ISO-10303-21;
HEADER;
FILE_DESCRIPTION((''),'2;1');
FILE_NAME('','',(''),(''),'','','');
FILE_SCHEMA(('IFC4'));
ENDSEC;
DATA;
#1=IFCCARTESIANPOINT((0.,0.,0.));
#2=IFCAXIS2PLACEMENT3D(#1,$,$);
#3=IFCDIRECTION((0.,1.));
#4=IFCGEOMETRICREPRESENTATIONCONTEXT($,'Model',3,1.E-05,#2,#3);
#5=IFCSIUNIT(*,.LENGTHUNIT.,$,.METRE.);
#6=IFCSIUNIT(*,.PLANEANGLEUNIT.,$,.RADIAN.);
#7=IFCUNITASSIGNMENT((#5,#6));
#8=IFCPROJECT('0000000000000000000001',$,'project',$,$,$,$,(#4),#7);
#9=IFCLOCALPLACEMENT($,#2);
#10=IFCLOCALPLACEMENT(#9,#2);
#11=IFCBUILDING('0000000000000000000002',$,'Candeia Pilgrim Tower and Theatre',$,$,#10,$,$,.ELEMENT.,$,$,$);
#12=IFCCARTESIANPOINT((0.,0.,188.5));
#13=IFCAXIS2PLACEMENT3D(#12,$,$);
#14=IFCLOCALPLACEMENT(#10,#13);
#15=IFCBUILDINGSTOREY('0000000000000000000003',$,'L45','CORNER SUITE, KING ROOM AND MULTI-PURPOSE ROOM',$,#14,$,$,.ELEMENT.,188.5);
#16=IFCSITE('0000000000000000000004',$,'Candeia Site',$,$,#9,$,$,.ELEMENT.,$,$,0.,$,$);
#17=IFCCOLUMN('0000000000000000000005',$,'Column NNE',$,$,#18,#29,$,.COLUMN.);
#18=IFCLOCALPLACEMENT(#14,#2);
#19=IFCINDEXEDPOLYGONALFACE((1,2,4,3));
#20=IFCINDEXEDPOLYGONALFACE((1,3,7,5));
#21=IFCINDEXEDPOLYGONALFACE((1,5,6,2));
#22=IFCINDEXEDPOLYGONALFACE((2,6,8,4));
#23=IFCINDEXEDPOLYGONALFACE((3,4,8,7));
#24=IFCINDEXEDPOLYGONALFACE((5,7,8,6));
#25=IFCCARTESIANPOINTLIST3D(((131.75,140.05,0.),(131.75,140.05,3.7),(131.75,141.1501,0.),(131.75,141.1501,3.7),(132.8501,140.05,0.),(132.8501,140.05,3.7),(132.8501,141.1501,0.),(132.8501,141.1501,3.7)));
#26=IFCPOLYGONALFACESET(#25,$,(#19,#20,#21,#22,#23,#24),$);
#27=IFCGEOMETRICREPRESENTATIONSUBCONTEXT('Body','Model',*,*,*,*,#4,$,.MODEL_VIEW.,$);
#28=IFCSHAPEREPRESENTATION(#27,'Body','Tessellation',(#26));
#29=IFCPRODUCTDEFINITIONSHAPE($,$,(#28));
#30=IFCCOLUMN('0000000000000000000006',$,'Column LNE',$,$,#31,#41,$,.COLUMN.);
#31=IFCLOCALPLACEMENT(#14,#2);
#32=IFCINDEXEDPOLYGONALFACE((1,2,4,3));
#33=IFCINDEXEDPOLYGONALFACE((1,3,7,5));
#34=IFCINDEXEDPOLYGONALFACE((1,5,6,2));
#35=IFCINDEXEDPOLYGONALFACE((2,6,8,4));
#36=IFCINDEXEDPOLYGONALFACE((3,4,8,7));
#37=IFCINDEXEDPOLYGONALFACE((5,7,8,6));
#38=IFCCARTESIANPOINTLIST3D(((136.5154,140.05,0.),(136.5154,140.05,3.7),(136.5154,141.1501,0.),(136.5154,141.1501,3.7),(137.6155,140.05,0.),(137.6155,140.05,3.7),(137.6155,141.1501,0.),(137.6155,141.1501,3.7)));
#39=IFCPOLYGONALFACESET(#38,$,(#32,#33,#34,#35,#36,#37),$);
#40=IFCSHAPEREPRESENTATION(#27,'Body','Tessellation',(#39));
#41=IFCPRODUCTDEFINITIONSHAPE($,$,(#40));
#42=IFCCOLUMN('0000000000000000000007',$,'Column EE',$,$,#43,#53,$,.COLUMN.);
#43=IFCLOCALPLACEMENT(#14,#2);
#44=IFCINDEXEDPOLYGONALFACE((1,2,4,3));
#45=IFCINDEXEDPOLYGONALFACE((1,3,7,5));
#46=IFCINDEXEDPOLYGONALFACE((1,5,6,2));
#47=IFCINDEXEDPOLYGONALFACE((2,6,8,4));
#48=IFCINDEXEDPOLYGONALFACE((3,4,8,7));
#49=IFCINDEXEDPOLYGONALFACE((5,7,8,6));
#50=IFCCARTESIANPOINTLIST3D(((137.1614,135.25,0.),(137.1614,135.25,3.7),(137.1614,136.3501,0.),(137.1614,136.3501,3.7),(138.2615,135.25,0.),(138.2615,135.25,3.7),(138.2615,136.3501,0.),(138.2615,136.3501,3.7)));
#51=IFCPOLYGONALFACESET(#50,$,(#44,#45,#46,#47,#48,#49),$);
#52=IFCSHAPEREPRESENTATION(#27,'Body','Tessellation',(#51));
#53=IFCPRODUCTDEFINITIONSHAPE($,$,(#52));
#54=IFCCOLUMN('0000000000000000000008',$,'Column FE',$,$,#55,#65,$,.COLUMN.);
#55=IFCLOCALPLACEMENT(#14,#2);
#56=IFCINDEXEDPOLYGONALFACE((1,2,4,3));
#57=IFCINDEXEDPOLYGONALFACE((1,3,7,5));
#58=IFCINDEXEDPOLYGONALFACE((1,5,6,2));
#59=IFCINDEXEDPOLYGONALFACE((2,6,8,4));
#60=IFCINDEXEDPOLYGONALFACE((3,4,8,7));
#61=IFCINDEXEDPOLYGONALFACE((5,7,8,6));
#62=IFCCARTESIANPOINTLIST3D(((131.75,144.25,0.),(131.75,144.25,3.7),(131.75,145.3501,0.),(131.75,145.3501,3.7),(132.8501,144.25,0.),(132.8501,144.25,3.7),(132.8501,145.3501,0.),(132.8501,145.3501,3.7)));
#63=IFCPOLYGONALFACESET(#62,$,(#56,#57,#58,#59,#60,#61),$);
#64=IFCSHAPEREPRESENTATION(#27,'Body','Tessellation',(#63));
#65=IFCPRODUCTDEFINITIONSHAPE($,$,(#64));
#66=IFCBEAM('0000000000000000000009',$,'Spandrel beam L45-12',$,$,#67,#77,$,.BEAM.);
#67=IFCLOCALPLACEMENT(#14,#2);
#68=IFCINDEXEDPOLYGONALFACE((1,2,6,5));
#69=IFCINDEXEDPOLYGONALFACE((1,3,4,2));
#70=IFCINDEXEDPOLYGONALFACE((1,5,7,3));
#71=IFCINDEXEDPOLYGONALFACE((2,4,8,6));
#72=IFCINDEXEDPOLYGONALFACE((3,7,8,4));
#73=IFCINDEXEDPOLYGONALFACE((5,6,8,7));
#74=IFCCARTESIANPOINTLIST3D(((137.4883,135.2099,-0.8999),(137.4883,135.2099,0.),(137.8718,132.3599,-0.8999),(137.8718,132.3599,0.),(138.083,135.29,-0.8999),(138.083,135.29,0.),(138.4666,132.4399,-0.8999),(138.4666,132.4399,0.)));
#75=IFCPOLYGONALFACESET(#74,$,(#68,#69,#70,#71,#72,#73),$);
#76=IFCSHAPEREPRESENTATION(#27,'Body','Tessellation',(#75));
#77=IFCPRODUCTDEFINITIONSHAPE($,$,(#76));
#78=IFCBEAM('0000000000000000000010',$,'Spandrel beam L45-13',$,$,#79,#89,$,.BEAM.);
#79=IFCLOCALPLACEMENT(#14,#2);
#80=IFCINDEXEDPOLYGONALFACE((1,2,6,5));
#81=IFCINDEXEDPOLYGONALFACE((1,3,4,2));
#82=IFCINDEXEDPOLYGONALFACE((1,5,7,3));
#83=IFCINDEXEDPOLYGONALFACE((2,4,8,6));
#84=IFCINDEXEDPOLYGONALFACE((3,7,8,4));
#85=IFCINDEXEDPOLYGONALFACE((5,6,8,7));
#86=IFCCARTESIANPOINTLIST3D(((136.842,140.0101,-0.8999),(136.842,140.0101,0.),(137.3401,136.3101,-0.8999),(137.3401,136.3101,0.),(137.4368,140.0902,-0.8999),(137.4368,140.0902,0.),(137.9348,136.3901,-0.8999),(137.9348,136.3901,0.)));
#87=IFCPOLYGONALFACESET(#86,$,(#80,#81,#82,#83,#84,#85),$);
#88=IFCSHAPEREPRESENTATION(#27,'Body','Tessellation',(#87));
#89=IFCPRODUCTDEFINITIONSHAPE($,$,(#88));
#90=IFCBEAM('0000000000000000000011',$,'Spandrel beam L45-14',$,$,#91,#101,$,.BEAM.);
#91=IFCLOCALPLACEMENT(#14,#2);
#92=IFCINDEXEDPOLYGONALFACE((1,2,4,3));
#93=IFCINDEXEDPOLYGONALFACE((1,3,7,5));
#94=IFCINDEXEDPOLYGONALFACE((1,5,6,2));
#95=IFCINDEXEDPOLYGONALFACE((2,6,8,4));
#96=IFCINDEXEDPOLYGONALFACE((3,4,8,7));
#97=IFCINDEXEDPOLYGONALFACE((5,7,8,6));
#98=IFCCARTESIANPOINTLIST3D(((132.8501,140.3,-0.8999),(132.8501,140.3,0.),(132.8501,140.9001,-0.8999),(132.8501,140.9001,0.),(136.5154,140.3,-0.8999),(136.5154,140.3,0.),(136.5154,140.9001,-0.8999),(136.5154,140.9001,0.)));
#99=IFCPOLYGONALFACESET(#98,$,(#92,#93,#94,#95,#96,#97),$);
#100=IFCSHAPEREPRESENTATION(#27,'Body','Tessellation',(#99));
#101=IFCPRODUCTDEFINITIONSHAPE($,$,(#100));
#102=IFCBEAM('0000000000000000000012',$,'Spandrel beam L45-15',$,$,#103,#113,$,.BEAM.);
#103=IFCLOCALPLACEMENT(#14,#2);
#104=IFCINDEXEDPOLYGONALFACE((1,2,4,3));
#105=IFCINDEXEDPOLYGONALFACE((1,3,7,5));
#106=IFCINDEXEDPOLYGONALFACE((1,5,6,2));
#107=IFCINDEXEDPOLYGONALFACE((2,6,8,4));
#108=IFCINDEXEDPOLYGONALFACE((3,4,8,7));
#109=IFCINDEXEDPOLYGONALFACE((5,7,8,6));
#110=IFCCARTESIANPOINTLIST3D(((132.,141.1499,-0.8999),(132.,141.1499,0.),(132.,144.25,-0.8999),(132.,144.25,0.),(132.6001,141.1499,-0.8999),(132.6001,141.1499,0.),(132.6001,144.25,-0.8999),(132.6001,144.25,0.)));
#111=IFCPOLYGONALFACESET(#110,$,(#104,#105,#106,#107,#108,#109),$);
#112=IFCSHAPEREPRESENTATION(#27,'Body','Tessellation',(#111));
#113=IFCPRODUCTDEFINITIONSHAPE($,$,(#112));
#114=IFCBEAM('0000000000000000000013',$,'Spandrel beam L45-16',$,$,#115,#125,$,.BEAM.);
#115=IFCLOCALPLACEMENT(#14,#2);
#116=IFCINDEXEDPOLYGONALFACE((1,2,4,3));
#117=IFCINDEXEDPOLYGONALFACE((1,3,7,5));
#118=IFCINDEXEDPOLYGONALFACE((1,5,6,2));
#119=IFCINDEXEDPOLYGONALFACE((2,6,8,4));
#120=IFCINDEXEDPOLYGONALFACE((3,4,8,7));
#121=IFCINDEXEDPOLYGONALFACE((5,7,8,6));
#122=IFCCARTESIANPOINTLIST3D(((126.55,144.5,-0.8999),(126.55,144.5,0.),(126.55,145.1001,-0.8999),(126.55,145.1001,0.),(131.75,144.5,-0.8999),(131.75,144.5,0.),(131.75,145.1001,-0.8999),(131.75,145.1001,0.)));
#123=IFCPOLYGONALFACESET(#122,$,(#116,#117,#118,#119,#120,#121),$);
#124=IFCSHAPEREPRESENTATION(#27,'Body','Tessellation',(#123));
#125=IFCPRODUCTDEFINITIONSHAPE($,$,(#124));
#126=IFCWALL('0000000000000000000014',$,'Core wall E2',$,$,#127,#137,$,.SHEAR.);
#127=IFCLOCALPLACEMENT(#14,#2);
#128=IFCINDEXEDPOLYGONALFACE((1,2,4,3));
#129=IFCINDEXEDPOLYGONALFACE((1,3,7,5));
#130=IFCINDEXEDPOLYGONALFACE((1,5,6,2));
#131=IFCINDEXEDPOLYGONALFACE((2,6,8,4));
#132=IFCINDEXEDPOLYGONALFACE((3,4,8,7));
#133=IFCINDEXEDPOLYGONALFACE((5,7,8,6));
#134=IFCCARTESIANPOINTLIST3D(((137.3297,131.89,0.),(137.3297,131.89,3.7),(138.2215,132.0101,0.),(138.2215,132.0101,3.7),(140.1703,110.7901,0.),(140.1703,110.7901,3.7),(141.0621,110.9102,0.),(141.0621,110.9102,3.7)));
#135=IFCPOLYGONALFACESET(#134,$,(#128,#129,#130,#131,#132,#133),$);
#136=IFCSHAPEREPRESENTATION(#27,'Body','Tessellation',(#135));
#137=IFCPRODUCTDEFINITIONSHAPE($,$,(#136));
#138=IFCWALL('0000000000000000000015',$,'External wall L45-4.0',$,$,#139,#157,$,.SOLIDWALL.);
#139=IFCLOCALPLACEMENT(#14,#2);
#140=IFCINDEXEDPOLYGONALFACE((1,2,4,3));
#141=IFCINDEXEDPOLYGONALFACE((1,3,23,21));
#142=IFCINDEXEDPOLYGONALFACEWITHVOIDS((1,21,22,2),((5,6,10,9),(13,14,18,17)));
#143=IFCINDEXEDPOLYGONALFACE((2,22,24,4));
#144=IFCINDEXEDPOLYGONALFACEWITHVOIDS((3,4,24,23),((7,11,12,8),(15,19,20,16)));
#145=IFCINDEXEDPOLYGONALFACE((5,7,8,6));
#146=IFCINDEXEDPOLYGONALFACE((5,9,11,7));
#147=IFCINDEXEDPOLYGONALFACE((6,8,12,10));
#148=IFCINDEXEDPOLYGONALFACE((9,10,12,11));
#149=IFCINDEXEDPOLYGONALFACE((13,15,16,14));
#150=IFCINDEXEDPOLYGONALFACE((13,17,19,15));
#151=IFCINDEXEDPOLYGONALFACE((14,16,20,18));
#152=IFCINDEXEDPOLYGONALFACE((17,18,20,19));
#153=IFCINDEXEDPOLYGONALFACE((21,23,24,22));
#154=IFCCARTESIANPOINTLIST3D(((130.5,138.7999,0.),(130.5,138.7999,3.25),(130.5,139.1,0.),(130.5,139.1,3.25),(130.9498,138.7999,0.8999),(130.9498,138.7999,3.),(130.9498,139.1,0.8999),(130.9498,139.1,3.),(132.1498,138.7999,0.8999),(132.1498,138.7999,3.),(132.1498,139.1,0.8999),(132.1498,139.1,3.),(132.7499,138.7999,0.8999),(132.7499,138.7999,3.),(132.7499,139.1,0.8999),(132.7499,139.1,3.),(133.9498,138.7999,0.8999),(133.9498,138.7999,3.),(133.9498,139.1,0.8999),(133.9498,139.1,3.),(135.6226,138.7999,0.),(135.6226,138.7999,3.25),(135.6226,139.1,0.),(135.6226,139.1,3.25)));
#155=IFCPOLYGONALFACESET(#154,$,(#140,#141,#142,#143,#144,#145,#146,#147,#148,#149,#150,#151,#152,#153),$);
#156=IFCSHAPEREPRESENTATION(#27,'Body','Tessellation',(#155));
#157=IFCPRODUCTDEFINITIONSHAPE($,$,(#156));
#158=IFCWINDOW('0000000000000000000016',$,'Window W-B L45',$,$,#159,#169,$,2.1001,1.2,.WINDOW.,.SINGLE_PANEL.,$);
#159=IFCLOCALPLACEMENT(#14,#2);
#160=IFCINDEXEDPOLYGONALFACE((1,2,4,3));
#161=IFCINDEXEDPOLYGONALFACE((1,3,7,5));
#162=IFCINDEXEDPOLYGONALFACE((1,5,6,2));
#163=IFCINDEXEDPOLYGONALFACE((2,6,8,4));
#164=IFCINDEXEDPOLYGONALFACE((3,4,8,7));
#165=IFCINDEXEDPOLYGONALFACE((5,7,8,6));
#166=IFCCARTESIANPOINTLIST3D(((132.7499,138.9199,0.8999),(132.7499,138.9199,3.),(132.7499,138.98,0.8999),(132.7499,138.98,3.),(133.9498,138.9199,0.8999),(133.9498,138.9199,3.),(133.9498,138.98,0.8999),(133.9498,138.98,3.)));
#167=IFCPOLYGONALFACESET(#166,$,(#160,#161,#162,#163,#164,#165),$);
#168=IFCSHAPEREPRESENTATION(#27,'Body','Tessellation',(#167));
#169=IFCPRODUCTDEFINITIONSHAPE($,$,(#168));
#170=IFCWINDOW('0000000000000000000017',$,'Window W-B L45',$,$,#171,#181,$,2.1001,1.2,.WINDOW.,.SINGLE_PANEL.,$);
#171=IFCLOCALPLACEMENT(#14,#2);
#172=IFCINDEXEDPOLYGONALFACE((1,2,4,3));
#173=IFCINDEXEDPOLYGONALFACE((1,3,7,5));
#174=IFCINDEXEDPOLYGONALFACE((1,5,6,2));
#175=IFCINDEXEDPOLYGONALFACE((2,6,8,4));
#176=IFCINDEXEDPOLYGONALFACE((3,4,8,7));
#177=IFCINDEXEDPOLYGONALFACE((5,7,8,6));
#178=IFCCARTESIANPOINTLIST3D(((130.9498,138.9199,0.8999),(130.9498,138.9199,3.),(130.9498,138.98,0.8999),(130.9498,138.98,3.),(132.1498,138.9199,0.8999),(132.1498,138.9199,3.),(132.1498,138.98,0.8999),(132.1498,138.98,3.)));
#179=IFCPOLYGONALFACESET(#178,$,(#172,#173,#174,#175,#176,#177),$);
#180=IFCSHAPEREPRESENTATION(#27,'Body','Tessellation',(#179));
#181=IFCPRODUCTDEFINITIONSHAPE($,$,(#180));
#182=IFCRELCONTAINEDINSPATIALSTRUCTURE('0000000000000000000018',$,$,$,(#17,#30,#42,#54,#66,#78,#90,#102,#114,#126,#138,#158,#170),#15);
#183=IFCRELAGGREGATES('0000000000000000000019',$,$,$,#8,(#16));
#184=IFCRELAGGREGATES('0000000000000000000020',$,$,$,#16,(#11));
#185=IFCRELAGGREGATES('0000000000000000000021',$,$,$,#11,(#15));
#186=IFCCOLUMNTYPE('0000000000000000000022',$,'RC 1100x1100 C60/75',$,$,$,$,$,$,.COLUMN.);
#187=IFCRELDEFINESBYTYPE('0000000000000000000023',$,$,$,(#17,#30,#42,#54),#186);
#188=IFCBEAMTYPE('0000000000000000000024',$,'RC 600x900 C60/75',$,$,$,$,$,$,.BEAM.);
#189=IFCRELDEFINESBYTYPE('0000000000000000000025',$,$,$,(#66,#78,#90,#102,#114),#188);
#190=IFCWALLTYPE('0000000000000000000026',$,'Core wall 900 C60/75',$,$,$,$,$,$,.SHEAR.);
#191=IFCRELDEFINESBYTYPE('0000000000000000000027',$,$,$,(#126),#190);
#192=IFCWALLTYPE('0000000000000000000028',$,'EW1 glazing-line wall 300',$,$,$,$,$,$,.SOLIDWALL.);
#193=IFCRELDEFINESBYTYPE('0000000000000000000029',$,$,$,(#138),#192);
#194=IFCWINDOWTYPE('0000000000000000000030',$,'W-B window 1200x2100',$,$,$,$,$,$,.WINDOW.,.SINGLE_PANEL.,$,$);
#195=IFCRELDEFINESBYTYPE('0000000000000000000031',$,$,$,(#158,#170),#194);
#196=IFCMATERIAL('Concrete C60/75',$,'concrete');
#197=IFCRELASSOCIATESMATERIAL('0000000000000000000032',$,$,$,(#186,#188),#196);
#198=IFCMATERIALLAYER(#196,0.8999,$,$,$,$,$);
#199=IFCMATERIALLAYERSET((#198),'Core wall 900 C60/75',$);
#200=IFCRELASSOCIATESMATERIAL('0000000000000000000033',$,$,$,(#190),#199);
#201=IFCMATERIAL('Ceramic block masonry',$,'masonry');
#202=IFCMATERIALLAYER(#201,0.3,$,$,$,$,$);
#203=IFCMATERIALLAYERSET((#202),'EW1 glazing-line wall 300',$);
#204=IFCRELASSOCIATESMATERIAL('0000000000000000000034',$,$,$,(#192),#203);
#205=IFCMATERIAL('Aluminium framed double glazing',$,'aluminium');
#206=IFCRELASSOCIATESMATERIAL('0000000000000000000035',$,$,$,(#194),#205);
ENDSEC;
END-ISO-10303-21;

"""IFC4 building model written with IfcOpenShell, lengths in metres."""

from ifc_helpers import new_model, si_unit, direction, frame, frame_2d, origin, origin_2d, place, context, subcontext, project, spatial, rectangle, extrude, material, layer, layer_set, material_profile, profile_set, type_object, element, fill, save


model = new_model("IFC4")

# Units and contexts
model_context = context("Model", 3, precision=1e-05, world=origin(), true_north=direction((0.0, 1.0)))
body_context = subcontext(model_context, "Body", "Model", "MODEL_VIEW")
ifc_project = project(units=[si_unit("LENGTHUNIT", "METRE"), si_unit("PLANEANGLEUNIT", "RADIAN")], contexts=[model_context])

# Site, building, storey
site_placement = place(None, origin())
site = spatial("IfcSite", under=ifc_project, at=site_placement, Name="Candeia Site", CompositionType="ELEMENT", RefElevation=0.0)
building_placement = place(site_placement, origin())
building = spatial("IfcBuilding", under=site, at=building_placement, Name="Candeia Pilgrim Tower and Theatre", CompositionType="ELEMENT")
storey_placement = place(building_placement, frame((0.0, 0.0, 188.5)))
storey = spatial("IfcBuildingStorey", under=building, at=storey_placement, Name="L45", Description="CORNER SUITE, KING ROOM AND MULTI-PURPOSE ROOM", CompositionType="ELEMENT", Elevation=188.5)

# Columns
ifc_material_1 = material(Name="Concrete C60/75", Category="concrete")
ifc_material_profile_1 = material_profile(ifc_material_1, rectangle(XDim=1.1001, YDim=1.1001, at=origin_2d()))
ifc_profile_set_1 = profile_set([ifc_material_profile_1], Name="Concrete C60/75")
column_type = type_object("IfcColumnType", Name="RC 1100x1100 C60/75", PredefinedType="COLUMN", material=ifc_profile_set_1)
for number, where, z_axis, x_axis, name in (
    (1, (132.3, 140.6001, 0.0), (0.0, 0.0, 1.0), (1.0, 0.0, 0.0), "Column NNE"),
    (2, (137.0654, 140.6001, 0.0), (0.0, 0.0, 1.0), (1.0, 0.0, 0.0), "Column LNE"),
    (3, (137.7114, 135.8, 0.0), (0.0, 0.0, 1.0), (1.0, 0.0, 0.0), "Column EE"),
    (4, (132.3, 144.8, 0.0), (0.0, 0.0, 1.0), (1.0, 0.0, 0.0), "Column FE"),
):
    element("IfcColumn", number, at=place(storey_placement, frame(where, z_axis=z_axis, x_axis=x_axis)), inside=storey, type_object=column_type, Name=name, PredefinedType="COLUMN", context=body_context, shape_type="SweptSolid", body=[
        extrude(rectangle(XDim=1.1001, YDim=1.1001, at=origin_2d()), origin(), (0.0, 0.0, 1.0), 3.7),
    ])

# Beams
ifc_material_profile_2 = material_profile(ifc_material_1, rectangle(XDim=0.6001, YDim=0.8999, at=origin_2d()))
ifc_profile_set_2 = profile_set([ifc_material_profile_2], Name="Concrete C60/75")
beam_type = type_object("IfcBeamType", Name="RC 600x900 C60/75", PredefinedType="BEAM", material=ifc_profile_set_2)
beam_1_placement = place(storey_placement, frame((138.1692, 132.3999, -0.45), z_axis=(-0.13337, 0.991066, 0.0), x_axis=(-0.991066, -0.13337, 0.0)))
element("IfcBeam", 5, at=beam_1_placement, inside=storey, type_object=beam_type, Name="Spandrel beam L45-12", PredefinedType="BEAM", context=body_context, shape_type="SweptSolid", body=[
    extrude(rectangle(XDim=0.6001, YDim=0.8999, at=origin_2d()), origin(), (0.0, 0.0, 1.0), 2.8757),
])
beam_2_placement = place(storey_placement, frame((137.6375, 136.3501, -0.45), z_axis=(-0.133406, 0.991061, 0.0), x_axis=(-0.991061, -0.133406, 0.0)))
element("IfcBeam", 6, at=beam_2_placement, inside=storey, type_object=beam_type, Name="Spandrel beam L45-13", PredefinedType="BEAM", context=body_context, shape_type="SweptSolid", body=[
    extrude(rectangle(XDim=0.6001, YDim=0.8999, at=origin_2d()), origin(), (0.0, 0.0, 1.0), 3.7334),
])
beam_3_placement = place(storey_placement, frame((136.5154, 140.6001, -0.45), z_axis=(-1.0, 0.0, 0.0), x_axis=(0.0, -1.0, 0.0)))
element("IfcBeam", 7, at=beam_3_placement, inside=storey, type_object=beam_type, Name="Spandrel beam L45-14", PredefinedType="BEAM", context=body_context, shape_type="SweptSolid", body=[
    extrude(rectangle(XDim=0.6001, YDim=0.8999, at=origin_2d()), origin(), (0.0, 0.0, 1.0), 3.6653),
])
beam_4_placement = place(storey_placement, frame((132.3, 141.1499, -0.45), z_axis=(0.0, 1.0, 0.0), x_axis=(-1.0, 0.0, 0.0)))
element("IfcBeam", 8, at=beam_4_placement, inside=storey, type_object=beam_type, Name="Spandrel beam L45-15", PredefinedType="BEAM", context=body_context, shape_type="SweptSolid", body=[
    extrude(rectangle(XDim=0.6001, YDim=0.8999, at=origin_2d()), origin(), (0.0, 0.0, 1.0), 3.1001),
])
beam_5_placement = place(storey_placement, frame((131.75, 144.8, -0.45), z_axis=(-1.0, 0.0, 0.0), x_axis=(0.0, -1.0, 0.0)))
element("IfcBeam", 9, at=beam_5_placement, inside=storey, type_object=beam_type, Name="Spandrel beam L45-16", PredefinedType="BEAM", context=body_context, shape_type="SweptSolid", body=[
    extrude(rectangle(XDim=0.6001, YDim=0.8999, at=origin_2d()), origin(), (0.0, 0.0, 1.0), 5.2),
])

# Wall
ifc_layer_1 = layer(ifc_material_1, 0.8999)
ifc_layer_set_1 = layer_set([ifc_layer_1], Name="Core wall 900 C60/75")
wall_type_1 = type_object("IfcWallType", Name="Core wall 900 C60/75", PredefinedType="SHEAR", material=ifc_layer_set_1)
wall_1_placement = place(storey_placement, frame((137.7756, 131.95, 0.0), z_axis=(0.0, 0.0, 1.0), x_axis=(0.133422, -0.991059, 0.0)))
element("IfcWall", 10, at=wall_1_placement, inside=storey, type_object=wall_type_1, Name="Core wall E2", PredefinedType="SHEAR", context=body_context, shape_type="SweptSolid", body=[
    extrude(rectangle(XDim=21.2903, YDim=0.8999, at=frame_2d((10.645, 0.0))), origin(), (0.0, 0.0, 1.0), 3.7),
])

# Shared definitions
ifc_material_2 = material(Name="Ceramic block masonry", Category="masonry")
ifc_layer_2 = layer(ifc_material_2, 0.3)
ifc_layer_set_2 = layer_set([ifc_layer_2], Name="EW1 glazing-line wall 300")
wall_type_2 = type_object("IfcWallType", Name="EW1 glazing-line wall 300", PredefinedType="SOLIDWALL", material=ifc_layer_set_2)
ifc_material_3 = material(Name="Aluminium framed double glazing", Category="aluminium")
window_type = type_object("IfcWindowType", Name="W-B window 1200x2100", PartitioningType="SINGLE_PANEL", PredefinedType="WINDOW", material=ifc_material_3)

# Wall, openings, windows
wall_2_placement = place(storey_placement, frame((135.6226, 138.95, 0.0), z_axis=(0.0, 0.0, 1.0), x_axis=(-1.0, 0.0, 0.0)))
wall_2 = element("IfcWall", 11, at=wall_2_placement, inside=storey, type_object=wall_type_2, Name="External wall L45-4.0", PredefinedType="SOLIDWALL", context=body_context, shape_type="SweptSolid", body=[
    extrude(rectangle(XDim=5.1226, YDim=0.3, at=frame_2d((2.5613, 0.0))), origin(), (0.0, 0.0, 1.0), 3.25),
])
opening_1_placement = place(wall_2_placement, frame((1.6726, 0.0, 0.8999)))
opening_1 = element("IfcOpeningElement", 12, at=opening_1_placement, cuts=wall_2, PredefinedType="OPENING", context=body_context, shape_type="SweptSolid", body=[
    extrude(rectangle(XDim=1.2, YDim=2.1001, at=frame_2d((0.6001, 1.05))), frame((0.0, 0.1602, 0.0), z_axis=(0.0, -1.0, 0.0), x_axis=(1.0, 0.0, 0.0)), (0.0, 0.0, 1.0), 0.3201),
])
opening_2_placement = place(wall_2_placement, frame((3.4727, 0.0, 0.8999)))
opening_2 = element("IfcOpeningElement", 13, at=opening_2_placement, cuts=wall_2, PredefinedType="OPENING", context=body_context, shape_type="SweptSolid", body=[
    extrude(rectangle(XDim=1.2, YDim=2.1001, at=frame_2d((0.6001, 1.05))), frame((0.0, 0.1602, 0.0), z_axis=(0.0, -1.0, 0.0), x_axis=(1.0, 0.0, 0.0)), (0.0, 0.0, 1.0), 0.3201),
])
window_1_placement = place(opening_1_placement, origin())
window_1 = element("IfcWindow", 14, at=window_1_placement, inside=storey, type_object=window_type, Name="Window W-B L45", OverallHeight=2.1001, OverallWidth=1.2, PartitioningType="SINGLE_PANEL", PredefinedType="WINDOW", context=body_context, shape_type="SweptSolid", body=[
    extrude(rectangle(XDim=1.2, YDim=2.1001, at=frame_2d((0.6001, 1.05))), frame((0.0, 0.03, 0.0), z_axis=(0.0, -1.0, 0.0), x_axis=(1.0, 0.0, 0.0)), (0.0, 0.0, 1.0), 0.0601),
])
fill(opening_1, window_1)
window_2_placement = place(opening_2_placement, origin())
window_2 = element("IfcWindow", 15, at=window_2_placement, inside=storey, type_object=window_type, Name="Window W-B L45", OverallHeight=2.1001, OverallWidth=1.2, PartitioningType="SINGLE_PANEL", PredefinedType="WINDOW", context=body_context, shape_type="SweptSolid", body=[
    extrude(rectangle(XDim=1.2, YDim=2.1001, at=frame_2d((0.6001, 1.05))), frame((0.0, 0.03, 0.0), z_axis=(0.0, -1.0, 0.0), x_axis=(1.0, 0.0, 0.0)), (0.0, 0.0, 1.0), 0.0601),
])
fill(opening_2, window_2)

save(model, "model.ifc")
